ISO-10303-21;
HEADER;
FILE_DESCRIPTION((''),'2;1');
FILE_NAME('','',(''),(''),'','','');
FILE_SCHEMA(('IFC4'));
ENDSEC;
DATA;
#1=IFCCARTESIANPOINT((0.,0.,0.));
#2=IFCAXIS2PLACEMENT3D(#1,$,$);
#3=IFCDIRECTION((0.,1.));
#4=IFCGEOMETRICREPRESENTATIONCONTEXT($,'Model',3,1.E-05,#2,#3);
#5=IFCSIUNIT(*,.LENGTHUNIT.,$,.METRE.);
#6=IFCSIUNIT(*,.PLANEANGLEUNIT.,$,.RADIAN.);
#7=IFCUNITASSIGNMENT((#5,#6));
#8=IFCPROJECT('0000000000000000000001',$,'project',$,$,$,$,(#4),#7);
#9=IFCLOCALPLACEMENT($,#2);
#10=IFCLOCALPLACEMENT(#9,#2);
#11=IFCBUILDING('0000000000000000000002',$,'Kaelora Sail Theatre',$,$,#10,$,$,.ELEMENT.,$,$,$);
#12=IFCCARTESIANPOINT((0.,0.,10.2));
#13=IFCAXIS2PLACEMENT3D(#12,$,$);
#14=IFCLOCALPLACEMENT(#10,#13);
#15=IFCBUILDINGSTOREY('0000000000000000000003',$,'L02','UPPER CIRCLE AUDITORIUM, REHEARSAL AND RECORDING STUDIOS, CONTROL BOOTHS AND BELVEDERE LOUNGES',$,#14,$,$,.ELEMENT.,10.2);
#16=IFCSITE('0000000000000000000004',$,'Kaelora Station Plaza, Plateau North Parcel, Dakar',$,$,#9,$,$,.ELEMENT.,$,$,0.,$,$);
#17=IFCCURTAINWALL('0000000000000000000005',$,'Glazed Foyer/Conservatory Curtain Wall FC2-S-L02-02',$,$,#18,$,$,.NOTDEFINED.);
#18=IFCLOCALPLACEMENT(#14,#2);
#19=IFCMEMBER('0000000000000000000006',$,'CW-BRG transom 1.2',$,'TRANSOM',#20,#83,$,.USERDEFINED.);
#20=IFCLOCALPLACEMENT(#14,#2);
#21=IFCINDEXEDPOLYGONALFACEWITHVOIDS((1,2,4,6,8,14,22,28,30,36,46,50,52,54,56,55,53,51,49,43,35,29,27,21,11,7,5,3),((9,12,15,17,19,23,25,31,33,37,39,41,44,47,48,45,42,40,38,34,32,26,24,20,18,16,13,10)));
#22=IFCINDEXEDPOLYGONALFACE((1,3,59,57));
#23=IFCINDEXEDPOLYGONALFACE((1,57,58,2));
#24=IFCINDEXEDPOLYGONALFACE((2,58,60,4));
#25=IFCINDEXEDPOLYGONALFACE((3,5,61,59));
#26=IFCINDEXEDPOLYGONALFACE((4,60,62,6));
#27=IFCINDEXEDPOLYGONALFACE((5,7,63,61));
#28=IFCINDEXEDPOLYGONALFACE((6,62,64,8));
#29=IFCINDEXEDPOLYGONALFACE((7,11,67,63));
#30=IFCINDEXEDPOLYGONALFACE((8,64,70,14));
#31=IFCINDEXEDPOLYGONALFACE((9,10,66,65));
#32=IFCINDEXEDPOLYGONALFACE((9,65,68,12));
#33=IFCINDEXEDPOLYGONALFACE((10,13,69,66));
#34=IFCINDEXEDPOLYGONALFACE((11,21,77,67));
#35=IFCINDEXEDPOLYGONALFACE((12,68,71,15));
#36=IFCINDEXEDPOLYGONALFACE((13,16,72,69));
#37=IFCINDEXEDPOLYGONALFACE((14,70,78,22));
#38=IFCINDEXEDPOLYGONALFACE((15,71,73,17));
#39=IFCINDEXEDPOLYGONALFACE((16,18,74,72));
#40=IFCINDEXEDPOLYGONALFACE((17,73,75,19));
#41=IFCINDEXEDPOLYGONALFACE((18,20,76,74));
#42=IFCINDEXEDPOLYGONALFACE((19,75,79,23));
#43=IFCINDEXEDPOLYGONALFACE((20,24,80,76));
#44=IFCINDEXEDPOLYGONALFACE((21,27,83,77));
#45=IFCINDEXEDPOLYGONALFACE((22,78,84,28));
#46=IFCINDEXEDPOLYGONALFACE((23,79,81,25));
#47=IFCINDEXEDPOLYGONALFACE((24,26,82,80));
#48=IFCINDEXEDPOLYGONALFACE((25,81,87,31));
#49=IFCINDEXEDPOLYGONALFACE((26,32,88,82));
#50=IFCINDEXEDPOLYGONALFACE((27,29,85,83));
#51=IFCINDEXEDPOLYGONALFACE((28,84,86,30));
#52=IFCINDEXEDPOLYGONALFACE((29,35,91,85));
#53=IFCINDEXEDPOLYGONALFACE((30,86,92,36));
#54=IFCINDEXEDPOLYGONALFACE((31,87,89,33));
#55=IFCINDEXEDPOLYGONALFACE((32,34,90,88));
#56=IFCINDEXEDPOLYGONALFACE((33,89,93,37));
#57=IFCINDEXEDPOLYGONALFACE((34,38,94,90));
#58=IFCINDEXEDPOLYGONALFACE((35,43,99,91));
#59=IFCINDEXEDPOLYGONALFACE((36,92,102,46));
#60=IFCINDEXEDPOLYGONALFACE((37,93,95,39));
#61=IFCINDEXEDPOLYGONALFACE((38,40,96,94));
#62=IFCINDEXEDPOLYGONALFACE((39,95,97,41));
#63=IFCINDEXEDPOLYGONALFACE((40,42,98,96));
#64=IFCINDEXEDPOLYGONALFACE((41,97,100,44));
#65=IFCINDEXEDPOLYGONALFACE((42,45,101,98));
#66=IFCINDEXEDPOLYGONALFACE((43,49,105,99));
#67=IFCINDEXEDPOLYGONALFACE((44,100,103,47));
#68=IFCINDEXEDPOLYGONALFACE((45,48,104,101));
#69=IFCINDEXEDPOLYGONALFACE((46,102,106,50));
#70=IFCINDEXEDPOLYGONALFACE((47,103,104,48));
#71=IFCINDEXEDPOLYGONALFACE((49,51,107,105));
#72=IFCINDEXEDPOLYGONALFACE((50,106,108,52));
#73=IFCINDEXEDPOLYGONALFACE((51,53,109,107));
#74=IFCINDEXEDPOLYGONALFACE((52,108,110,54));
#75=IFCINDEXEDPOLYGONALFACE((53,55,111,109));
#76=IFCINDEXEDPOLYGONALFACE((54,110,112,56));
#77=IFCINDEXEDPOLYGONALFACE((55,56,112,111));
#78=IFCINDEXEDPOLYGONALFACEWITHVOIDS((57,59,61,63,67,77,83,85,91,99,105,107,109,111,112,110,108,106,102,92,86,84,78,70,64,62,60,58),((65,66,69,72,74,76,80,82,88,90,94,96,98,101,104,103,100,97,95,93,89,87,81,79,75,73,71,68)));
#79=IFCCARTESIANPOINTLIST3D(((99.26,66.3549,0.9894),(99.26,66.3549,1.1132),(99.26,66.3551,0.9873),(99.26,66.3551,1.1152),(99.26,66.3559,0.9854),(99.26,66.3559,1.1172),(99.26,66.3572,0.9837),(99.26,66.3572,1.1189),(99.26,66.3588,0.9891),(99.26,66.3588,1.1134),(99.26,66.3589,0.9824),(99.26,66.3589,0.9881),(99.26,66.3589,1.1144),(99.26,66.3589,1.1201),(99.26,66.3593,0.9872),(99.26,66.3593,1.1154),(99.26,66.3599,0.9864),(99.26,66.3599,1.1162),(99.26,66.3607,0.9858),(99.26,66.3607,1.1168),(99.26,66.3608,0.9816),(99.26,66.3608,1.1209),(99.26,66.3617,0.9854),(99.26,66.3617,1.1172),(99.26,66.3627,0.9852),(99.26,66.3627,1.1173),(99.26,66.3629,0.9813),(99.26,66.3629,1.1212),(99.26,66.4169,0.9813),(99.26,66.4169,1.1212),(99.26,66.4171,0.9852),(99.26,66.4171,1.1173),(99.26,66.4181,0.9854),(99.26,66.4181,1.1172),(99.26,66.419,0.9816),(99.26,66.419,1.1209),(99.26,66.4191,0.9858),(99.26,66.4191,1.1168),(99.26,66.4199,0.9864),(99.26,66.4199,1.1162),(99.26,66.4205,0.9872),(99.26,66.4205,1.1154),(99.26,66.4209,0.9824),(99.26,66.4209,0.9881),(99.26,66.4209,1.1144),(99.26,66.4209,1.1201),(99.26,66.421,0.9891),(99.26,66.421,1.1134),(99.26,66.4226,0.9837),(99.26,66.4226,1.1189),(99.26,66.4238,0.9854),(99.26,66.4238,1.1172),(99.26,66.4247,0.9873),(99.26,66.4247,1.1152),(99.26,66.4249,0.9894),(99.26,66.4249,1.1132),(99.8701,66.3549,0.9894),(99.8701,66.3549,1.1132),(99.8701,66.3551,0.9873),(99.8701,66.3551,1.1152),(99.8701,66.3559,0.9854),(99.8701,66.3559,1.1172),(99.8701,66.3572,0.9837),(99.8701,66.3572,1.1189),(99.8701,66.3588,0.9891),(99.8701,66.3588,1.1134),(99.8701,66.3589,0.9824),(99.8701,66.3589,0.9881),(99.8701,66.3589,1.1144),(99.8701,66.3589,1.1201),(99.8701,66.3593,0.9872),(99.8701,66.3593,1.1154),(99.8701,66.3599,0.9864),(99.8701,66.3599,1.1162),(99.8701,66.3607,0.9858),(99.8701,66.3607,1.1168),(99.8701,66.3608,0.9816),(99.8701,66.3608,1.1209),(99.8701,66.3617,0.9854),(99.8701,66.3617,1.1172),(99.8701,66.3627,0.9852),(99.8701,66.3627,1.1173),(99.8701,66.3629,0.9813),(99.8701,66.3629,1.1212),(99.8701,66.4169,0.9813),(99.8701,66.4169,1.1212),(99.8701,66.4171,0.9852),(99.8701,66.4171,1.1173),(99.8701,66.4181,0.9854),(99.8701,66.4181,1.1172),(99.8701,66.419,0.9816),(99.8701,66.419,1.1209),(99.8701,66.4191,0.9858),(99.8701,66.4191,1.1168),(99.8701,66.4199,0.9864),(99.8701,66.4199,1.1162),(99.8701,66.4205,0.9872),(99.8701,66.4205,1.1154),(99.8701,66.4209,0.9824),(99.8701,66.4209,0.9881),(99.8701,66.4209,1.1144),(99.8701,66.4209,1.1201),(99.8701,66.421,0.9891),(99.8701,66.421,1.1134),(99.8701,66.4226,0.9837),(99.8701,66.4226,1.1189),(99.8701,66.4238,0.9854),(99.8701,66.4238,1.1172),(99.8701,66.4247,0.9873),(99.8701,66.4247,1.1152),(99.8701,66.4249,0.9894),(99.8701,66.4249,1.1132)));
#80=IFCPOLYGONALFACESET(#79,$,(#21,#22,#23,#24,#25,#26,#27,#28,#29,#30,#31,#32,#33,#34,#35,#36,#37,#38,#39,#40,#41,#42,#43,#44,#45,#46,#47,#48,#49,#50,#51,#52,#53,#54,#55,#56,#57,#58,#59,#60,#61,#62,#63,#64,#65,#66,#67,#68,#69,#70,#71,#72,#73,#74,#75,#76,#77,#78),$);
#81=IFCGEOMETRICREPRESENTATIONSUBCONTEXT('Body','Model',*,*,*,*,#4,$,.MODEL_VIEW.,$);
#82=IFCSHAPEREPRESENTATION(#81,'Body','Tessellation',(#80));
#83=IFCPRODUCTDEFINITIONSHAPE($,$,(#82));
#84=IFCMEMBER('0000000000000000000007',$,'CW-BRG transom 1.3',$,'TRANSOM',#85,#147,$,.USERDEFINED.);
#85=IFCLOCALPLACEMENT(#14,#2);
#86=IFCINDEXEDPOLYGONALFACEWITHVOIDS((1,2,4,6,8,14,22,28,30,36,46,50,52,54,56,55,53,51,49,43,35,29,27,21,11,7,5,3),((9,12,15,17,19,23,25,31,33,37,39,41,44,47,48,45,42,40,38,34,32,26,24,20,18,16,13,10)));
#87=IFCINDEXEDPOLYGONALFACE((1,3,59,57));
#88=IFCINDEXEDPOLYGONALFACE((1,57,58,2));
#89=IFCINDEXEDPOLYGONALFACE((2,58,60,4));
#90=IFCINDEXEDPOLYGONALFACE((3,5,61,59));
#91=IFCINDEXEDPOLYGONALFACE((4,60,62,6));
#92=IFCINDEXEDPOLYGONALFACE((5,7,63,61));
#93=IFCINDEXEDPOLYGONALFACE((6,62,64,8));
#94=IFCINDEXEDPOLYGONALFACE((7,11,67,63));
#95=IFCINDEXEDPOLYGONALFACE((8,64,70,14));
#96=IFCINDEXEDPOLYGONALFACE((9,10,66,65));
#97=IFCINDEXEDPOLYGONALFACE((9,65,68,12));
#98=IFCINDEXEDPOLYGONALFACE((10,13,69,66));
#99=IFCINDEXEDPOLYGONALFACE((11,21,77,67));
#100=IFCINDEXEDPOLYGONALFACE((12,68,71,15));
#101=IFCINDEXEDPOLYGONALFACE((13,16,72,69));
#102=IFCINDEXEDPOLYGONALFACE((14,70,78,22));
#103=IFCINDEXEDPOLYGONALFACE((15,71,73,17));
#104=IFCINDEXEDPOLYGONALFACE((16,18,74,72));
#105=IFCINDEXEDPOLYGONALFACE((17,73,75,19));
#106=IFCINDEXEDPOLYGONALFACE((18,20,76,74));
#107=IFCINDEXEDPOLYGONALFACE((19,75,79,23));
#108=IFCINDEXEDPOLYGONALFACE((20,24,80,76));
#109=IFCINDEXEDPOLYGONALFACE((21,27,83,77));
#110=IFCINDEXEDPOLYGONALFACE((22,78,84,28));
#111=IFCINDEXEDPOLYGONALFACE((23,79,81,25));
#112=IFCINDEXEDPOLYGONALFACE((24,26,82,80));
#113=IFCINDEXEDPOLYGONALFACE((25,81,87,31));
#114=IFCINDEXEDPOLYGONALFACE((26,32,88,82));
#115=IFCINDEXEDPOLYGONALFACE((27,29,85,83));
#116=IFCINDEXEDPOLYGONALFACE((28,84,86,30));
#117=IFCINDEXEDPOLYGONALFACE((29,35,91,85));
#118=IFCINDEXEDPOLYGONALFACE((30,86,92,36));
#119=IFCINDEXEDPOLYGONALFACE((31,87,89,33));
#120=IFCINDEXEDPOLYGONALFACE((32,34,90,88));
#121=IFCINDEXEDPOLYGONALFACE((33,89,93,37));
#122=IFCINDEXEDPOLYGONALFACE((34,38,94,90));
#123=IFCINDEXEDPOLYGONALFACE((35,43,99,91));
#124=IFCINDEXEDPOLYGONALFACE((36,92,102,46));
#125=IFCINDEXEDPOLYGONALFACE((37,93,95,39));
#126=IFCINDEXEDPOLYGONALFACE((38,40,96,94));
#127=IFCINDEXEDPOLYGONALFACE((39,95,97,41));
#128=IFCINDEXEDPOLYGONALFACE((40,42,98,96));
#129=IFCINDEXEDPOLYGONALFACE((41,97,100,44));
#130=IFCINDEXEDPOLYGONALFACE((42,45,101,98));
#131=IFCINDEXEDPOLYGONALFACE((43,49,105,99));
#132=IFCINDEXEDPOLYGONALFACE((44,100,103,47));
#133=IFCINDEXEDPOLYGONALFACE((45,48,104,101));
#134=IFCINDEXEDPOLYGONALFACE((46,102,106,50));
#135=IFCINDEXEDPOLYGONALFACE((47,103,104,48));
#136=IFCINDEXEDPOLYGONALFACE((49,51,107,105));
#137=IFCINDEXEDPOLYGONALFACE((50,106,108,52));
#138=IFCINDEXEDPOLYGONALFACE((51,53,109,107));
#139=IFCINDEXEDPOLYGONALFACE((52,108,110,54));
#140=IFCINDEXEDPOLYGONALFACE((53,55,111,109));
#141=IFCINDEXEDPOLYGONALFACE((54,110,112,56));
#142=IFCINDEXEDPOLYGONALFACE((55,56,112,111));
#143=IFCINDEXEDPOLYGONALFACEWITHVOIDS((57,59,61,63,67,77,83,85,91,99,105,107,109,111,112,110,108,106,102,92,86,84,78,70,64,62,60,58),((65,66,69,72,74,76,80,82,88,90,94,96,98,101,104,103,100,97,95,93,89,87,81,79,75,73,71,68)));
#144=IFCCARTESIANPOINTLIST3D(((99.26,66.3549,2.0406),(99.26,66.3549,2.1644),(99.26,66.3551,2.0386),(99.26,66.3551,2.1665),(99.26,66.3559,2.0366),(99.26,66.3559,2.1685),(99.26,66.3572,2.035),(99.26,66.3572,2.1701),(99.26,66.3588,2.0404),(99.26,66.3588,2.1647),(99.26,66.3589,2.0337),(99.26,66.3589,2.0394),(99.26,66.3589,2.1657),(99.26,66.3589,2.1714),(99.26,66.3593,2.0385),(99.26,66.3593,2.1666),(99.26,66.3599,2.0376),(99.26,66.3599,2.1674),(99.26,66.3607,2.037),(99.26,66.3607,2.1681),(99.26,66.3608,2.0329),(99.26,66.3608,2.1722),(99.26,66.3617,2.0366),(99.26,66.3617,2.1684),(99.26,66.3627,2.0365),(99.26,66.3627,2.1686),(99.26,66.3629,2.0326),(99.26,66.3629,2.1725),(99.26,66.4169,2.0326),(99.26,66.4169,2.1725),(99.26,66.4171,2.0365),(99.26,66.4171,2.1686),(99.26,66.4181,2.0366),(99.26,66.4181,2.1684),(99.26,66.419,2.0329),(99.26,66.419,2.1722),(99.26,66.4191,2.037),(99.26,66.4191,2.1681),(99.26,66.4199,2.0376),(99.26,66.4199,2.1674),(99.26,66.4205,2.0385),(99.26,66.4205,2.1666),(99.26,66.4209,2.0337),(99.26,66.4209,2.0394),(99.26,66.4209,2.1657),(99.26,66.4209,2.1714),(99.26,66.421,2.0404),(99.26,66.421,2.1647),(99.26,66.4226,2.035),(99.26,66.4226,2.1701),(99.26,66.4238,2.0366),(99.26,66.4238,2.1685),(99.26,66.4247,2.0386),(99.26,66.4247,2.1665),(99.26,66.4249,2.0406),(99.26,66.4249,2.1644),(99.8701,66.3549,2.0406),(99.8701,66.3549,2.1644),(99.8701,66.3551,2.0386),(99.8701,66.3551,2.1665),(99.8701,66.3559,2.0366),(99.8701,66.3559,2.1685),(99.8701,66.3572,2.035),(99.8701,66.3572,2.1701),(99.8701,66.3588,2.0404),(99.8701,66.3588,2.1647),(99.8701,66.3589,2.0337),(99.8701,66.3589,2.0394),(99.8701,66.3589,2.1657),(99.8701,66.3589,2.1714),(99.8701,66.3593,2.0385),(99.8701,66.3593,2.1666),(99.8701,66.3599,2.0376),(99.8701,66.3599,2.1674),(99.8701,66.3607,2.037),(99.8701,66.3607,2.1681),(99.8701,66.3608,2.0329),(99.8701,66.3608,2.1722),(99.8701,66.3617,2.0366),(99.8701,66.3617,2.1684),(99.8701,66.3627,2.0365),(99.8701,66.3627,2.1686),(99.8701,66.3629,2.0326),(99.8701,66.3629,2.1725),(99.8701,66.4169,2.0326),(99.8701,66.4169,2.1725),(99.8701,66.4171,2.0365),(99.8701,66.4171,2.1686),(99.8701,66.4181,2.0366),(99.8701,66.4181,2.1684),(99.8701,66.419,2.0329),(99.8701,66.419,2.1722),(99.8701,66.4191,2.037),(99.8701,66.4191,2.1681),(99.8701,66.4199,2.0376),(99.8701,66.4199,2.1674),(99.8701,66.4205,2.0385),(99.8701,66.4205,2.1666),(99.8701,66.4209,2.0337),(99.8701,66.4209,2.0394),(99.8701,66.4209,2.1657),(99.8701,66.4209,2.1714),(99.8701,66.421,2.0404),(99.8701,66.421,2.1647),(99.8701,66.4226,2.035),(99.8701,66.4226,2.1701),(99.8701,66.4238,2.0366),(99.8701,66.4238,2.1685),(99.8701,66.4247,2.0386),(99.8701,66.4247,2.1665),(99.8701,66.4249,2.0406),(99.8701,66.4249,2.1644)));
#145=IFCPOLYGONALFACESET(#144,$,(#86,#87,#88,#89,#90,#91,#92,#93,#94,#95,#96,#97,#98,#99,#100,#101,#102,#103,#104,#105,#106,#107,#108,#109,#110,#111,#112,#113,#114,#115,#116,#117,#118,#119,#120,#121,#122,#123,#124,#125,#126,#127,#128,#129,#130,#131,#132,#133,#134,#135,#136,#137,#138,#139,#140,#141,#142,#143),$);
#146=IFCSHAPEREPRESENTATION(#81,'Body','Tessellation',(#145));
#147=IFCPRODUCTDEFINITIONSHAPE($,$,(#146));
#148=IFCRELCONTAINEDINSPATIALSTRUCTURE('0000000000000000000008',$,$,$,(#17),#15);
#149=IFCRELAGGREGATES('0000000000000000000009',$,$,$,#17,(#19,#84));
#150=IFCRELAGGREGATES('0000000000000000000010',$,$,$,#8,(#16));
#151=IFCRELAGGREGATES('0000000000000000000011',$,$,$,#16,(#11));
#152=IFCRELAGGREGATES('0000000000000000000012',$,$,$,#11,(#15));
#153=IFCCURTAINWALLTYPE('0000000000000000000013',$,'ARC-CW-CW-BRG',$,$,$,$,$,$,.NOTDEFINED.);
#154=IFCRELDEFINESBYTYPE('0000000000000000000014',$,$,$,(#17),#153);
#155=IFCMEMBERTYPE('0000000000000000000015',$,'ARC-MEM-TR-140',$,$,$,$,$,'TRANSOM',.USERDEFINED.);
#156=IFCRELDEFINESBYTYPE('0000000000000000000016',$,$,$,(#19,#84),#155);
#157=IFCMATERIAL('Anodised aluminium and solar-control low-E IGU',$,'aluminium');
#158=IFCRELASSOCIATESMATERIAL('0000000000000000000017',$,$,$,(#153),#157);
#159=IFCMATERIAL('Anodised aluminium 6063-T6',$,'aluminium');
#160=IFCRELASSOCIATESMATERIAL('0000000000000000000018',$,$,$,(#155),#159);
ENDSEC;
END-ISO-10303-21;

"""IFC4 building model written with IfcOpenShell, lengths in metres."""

from ifc_helpers import new_model, si_unit, direction, frame, origin, origin_2d, place, context, subcontext, project, spatial, hollow_rectangle, extrude, material, material_profile, profile_set, type_object, element, aggregate, save


model = new_model("IFC4")

# Units and contexts
model_context = context("Model", 3, precision=1e-05, world=origin(), true_north=direction((0.0, 1.0)))
body_context = subcontext(model_context, "Body", "Model", "MODEL_VIEW")
ifc_project = project(units=[si_unit("LENGTHUNIT", "METRE"), si_unit("PLANEANGLEUNIT", "RADIAN")], contexts=[model_context])

# Site, building, storey
site_placement = place(None, origin())
site = spatial("IfcSite", under=ifc_project, at=site_placement, Name="Kaelora Station Plaza, Plateau North Parcel, Dakar", CompositionType="ELEMENT", RefElevation=0.0)
building_placement = place(site_placement, origin())
building = spatial("IfcBuilding", under=site, at=building_placement, Name="Kaelora Sail Theatre", CompositionType="ELEMENT")
storey_placement = place(building_placement, frame((0.0, 0.0, 10.2)))
storey = spatial("IfcBuildingStorey", under=building, at=storey_placement, Name="L02", Description="UPPER CIRCLE AUDITORIUM, REHEARSAL AND RECORDING STUDIOS, CONTROL BOOTHS AND BELVEDERE LOUNGES", CompositionType="ELEMENT", Elevation=10.2)

# Curtain wall
ifc_material_1 = material(Name="Anodised aluminium and solar-control low-E IGU", Category="aluminium")
curtain_wall_type = type_object("IfcCurtainWallType", Name="ARC-CW-CW-BRG", PredefinedType="NOTDEFINED", material=ifc_material_1)
curtain_wall_1_placement = place(storey_placement, origin())
curtain_wall_1 = element("IfcCurtainWall", 1, at=curtain_wall_1_placement, inside=storey, type_object=curtain_wall_type, Name="Glazed Foyer/Conservatory Curtain Wall FC2-S-L02-02", PredefinedType="NOTDEFINED")

# Members
ifc_material_2 = material(Name="Anodised aluminium 6063-T6", Category="aluminium")
ifc_material_profile_1 = material_profile(ifc_material_2, hollow_rectangle(XDim=0.0701, YDim=0.1399, WallThickness=0.0039, InnerFilletRadius=0.0039, OuterFilletRadius=0.0081, at=origin_2d()), Name="ALU-TRAN 70x140x4")
ifc_profile_set_1 = profile_set([ifc_material_profile_1], Name="Anodised aluminium 6063-T6")
member_type_1 = type_object("IfcMemberType", Name="ARC-MEM-TR-140", ElementType="TRANSOM", PredefinedType="USERDEFINED", material=ifc_profile_set_1)
member_1_placement = place(storey_placement, frame((99.26, 66.3899, 1.0513), z_axis=(1.0, 0.0, 0.0), x_axis=(0.0, 1.0, 0.0)))
member_1 = element("IfcMember", 2, at=member_1_placement, type_object=member_type_1, Name="CW-BRG transom 1.2", ObjectType="TRANSOM", PredefinedType="USERDEFINED", context=body_context, shape_type="SweptSolid", body=[
    extrude(hollow_rectangle(XDim=0.0701, YDim=0.1399, WallThickness=0.0039, InnerFilletRadius=0.0039, OuterFilletRadius=0.0081, at=origin_2d()), origin(), (0.0, 0.0, 1.0), 0.6101),
])
member_2_placement = place(storey_placement, frame((99.26, 66.3899, 2.1025), z_axis=(1.0, 0.0, 0.0), x_axis=(0.0, 1.0, 0.0)))
member_2 = element("IfcMember", 3, at=member_2_placement, type_object=member_type_1, Name="CW-BRG transom 1.3", ObjectType="TRANSOM", PredefinedType="USERDEFINED", context=body_context, shape_type="SweptSolid", body=[
    extrude(hollow_rectangle(XDim=0.0701, YDim=0.1399, WallThickness=0.0039, InnerFilletRadius=0.0039, OuterFilletRadius=0.0081, at=origin_2d()), origin(), (0.0, 0.0, 1.0), 0.6101),
])

aggregate(curtain_wall_1, [member_1, member_2])

save(model, "model.ifc")
